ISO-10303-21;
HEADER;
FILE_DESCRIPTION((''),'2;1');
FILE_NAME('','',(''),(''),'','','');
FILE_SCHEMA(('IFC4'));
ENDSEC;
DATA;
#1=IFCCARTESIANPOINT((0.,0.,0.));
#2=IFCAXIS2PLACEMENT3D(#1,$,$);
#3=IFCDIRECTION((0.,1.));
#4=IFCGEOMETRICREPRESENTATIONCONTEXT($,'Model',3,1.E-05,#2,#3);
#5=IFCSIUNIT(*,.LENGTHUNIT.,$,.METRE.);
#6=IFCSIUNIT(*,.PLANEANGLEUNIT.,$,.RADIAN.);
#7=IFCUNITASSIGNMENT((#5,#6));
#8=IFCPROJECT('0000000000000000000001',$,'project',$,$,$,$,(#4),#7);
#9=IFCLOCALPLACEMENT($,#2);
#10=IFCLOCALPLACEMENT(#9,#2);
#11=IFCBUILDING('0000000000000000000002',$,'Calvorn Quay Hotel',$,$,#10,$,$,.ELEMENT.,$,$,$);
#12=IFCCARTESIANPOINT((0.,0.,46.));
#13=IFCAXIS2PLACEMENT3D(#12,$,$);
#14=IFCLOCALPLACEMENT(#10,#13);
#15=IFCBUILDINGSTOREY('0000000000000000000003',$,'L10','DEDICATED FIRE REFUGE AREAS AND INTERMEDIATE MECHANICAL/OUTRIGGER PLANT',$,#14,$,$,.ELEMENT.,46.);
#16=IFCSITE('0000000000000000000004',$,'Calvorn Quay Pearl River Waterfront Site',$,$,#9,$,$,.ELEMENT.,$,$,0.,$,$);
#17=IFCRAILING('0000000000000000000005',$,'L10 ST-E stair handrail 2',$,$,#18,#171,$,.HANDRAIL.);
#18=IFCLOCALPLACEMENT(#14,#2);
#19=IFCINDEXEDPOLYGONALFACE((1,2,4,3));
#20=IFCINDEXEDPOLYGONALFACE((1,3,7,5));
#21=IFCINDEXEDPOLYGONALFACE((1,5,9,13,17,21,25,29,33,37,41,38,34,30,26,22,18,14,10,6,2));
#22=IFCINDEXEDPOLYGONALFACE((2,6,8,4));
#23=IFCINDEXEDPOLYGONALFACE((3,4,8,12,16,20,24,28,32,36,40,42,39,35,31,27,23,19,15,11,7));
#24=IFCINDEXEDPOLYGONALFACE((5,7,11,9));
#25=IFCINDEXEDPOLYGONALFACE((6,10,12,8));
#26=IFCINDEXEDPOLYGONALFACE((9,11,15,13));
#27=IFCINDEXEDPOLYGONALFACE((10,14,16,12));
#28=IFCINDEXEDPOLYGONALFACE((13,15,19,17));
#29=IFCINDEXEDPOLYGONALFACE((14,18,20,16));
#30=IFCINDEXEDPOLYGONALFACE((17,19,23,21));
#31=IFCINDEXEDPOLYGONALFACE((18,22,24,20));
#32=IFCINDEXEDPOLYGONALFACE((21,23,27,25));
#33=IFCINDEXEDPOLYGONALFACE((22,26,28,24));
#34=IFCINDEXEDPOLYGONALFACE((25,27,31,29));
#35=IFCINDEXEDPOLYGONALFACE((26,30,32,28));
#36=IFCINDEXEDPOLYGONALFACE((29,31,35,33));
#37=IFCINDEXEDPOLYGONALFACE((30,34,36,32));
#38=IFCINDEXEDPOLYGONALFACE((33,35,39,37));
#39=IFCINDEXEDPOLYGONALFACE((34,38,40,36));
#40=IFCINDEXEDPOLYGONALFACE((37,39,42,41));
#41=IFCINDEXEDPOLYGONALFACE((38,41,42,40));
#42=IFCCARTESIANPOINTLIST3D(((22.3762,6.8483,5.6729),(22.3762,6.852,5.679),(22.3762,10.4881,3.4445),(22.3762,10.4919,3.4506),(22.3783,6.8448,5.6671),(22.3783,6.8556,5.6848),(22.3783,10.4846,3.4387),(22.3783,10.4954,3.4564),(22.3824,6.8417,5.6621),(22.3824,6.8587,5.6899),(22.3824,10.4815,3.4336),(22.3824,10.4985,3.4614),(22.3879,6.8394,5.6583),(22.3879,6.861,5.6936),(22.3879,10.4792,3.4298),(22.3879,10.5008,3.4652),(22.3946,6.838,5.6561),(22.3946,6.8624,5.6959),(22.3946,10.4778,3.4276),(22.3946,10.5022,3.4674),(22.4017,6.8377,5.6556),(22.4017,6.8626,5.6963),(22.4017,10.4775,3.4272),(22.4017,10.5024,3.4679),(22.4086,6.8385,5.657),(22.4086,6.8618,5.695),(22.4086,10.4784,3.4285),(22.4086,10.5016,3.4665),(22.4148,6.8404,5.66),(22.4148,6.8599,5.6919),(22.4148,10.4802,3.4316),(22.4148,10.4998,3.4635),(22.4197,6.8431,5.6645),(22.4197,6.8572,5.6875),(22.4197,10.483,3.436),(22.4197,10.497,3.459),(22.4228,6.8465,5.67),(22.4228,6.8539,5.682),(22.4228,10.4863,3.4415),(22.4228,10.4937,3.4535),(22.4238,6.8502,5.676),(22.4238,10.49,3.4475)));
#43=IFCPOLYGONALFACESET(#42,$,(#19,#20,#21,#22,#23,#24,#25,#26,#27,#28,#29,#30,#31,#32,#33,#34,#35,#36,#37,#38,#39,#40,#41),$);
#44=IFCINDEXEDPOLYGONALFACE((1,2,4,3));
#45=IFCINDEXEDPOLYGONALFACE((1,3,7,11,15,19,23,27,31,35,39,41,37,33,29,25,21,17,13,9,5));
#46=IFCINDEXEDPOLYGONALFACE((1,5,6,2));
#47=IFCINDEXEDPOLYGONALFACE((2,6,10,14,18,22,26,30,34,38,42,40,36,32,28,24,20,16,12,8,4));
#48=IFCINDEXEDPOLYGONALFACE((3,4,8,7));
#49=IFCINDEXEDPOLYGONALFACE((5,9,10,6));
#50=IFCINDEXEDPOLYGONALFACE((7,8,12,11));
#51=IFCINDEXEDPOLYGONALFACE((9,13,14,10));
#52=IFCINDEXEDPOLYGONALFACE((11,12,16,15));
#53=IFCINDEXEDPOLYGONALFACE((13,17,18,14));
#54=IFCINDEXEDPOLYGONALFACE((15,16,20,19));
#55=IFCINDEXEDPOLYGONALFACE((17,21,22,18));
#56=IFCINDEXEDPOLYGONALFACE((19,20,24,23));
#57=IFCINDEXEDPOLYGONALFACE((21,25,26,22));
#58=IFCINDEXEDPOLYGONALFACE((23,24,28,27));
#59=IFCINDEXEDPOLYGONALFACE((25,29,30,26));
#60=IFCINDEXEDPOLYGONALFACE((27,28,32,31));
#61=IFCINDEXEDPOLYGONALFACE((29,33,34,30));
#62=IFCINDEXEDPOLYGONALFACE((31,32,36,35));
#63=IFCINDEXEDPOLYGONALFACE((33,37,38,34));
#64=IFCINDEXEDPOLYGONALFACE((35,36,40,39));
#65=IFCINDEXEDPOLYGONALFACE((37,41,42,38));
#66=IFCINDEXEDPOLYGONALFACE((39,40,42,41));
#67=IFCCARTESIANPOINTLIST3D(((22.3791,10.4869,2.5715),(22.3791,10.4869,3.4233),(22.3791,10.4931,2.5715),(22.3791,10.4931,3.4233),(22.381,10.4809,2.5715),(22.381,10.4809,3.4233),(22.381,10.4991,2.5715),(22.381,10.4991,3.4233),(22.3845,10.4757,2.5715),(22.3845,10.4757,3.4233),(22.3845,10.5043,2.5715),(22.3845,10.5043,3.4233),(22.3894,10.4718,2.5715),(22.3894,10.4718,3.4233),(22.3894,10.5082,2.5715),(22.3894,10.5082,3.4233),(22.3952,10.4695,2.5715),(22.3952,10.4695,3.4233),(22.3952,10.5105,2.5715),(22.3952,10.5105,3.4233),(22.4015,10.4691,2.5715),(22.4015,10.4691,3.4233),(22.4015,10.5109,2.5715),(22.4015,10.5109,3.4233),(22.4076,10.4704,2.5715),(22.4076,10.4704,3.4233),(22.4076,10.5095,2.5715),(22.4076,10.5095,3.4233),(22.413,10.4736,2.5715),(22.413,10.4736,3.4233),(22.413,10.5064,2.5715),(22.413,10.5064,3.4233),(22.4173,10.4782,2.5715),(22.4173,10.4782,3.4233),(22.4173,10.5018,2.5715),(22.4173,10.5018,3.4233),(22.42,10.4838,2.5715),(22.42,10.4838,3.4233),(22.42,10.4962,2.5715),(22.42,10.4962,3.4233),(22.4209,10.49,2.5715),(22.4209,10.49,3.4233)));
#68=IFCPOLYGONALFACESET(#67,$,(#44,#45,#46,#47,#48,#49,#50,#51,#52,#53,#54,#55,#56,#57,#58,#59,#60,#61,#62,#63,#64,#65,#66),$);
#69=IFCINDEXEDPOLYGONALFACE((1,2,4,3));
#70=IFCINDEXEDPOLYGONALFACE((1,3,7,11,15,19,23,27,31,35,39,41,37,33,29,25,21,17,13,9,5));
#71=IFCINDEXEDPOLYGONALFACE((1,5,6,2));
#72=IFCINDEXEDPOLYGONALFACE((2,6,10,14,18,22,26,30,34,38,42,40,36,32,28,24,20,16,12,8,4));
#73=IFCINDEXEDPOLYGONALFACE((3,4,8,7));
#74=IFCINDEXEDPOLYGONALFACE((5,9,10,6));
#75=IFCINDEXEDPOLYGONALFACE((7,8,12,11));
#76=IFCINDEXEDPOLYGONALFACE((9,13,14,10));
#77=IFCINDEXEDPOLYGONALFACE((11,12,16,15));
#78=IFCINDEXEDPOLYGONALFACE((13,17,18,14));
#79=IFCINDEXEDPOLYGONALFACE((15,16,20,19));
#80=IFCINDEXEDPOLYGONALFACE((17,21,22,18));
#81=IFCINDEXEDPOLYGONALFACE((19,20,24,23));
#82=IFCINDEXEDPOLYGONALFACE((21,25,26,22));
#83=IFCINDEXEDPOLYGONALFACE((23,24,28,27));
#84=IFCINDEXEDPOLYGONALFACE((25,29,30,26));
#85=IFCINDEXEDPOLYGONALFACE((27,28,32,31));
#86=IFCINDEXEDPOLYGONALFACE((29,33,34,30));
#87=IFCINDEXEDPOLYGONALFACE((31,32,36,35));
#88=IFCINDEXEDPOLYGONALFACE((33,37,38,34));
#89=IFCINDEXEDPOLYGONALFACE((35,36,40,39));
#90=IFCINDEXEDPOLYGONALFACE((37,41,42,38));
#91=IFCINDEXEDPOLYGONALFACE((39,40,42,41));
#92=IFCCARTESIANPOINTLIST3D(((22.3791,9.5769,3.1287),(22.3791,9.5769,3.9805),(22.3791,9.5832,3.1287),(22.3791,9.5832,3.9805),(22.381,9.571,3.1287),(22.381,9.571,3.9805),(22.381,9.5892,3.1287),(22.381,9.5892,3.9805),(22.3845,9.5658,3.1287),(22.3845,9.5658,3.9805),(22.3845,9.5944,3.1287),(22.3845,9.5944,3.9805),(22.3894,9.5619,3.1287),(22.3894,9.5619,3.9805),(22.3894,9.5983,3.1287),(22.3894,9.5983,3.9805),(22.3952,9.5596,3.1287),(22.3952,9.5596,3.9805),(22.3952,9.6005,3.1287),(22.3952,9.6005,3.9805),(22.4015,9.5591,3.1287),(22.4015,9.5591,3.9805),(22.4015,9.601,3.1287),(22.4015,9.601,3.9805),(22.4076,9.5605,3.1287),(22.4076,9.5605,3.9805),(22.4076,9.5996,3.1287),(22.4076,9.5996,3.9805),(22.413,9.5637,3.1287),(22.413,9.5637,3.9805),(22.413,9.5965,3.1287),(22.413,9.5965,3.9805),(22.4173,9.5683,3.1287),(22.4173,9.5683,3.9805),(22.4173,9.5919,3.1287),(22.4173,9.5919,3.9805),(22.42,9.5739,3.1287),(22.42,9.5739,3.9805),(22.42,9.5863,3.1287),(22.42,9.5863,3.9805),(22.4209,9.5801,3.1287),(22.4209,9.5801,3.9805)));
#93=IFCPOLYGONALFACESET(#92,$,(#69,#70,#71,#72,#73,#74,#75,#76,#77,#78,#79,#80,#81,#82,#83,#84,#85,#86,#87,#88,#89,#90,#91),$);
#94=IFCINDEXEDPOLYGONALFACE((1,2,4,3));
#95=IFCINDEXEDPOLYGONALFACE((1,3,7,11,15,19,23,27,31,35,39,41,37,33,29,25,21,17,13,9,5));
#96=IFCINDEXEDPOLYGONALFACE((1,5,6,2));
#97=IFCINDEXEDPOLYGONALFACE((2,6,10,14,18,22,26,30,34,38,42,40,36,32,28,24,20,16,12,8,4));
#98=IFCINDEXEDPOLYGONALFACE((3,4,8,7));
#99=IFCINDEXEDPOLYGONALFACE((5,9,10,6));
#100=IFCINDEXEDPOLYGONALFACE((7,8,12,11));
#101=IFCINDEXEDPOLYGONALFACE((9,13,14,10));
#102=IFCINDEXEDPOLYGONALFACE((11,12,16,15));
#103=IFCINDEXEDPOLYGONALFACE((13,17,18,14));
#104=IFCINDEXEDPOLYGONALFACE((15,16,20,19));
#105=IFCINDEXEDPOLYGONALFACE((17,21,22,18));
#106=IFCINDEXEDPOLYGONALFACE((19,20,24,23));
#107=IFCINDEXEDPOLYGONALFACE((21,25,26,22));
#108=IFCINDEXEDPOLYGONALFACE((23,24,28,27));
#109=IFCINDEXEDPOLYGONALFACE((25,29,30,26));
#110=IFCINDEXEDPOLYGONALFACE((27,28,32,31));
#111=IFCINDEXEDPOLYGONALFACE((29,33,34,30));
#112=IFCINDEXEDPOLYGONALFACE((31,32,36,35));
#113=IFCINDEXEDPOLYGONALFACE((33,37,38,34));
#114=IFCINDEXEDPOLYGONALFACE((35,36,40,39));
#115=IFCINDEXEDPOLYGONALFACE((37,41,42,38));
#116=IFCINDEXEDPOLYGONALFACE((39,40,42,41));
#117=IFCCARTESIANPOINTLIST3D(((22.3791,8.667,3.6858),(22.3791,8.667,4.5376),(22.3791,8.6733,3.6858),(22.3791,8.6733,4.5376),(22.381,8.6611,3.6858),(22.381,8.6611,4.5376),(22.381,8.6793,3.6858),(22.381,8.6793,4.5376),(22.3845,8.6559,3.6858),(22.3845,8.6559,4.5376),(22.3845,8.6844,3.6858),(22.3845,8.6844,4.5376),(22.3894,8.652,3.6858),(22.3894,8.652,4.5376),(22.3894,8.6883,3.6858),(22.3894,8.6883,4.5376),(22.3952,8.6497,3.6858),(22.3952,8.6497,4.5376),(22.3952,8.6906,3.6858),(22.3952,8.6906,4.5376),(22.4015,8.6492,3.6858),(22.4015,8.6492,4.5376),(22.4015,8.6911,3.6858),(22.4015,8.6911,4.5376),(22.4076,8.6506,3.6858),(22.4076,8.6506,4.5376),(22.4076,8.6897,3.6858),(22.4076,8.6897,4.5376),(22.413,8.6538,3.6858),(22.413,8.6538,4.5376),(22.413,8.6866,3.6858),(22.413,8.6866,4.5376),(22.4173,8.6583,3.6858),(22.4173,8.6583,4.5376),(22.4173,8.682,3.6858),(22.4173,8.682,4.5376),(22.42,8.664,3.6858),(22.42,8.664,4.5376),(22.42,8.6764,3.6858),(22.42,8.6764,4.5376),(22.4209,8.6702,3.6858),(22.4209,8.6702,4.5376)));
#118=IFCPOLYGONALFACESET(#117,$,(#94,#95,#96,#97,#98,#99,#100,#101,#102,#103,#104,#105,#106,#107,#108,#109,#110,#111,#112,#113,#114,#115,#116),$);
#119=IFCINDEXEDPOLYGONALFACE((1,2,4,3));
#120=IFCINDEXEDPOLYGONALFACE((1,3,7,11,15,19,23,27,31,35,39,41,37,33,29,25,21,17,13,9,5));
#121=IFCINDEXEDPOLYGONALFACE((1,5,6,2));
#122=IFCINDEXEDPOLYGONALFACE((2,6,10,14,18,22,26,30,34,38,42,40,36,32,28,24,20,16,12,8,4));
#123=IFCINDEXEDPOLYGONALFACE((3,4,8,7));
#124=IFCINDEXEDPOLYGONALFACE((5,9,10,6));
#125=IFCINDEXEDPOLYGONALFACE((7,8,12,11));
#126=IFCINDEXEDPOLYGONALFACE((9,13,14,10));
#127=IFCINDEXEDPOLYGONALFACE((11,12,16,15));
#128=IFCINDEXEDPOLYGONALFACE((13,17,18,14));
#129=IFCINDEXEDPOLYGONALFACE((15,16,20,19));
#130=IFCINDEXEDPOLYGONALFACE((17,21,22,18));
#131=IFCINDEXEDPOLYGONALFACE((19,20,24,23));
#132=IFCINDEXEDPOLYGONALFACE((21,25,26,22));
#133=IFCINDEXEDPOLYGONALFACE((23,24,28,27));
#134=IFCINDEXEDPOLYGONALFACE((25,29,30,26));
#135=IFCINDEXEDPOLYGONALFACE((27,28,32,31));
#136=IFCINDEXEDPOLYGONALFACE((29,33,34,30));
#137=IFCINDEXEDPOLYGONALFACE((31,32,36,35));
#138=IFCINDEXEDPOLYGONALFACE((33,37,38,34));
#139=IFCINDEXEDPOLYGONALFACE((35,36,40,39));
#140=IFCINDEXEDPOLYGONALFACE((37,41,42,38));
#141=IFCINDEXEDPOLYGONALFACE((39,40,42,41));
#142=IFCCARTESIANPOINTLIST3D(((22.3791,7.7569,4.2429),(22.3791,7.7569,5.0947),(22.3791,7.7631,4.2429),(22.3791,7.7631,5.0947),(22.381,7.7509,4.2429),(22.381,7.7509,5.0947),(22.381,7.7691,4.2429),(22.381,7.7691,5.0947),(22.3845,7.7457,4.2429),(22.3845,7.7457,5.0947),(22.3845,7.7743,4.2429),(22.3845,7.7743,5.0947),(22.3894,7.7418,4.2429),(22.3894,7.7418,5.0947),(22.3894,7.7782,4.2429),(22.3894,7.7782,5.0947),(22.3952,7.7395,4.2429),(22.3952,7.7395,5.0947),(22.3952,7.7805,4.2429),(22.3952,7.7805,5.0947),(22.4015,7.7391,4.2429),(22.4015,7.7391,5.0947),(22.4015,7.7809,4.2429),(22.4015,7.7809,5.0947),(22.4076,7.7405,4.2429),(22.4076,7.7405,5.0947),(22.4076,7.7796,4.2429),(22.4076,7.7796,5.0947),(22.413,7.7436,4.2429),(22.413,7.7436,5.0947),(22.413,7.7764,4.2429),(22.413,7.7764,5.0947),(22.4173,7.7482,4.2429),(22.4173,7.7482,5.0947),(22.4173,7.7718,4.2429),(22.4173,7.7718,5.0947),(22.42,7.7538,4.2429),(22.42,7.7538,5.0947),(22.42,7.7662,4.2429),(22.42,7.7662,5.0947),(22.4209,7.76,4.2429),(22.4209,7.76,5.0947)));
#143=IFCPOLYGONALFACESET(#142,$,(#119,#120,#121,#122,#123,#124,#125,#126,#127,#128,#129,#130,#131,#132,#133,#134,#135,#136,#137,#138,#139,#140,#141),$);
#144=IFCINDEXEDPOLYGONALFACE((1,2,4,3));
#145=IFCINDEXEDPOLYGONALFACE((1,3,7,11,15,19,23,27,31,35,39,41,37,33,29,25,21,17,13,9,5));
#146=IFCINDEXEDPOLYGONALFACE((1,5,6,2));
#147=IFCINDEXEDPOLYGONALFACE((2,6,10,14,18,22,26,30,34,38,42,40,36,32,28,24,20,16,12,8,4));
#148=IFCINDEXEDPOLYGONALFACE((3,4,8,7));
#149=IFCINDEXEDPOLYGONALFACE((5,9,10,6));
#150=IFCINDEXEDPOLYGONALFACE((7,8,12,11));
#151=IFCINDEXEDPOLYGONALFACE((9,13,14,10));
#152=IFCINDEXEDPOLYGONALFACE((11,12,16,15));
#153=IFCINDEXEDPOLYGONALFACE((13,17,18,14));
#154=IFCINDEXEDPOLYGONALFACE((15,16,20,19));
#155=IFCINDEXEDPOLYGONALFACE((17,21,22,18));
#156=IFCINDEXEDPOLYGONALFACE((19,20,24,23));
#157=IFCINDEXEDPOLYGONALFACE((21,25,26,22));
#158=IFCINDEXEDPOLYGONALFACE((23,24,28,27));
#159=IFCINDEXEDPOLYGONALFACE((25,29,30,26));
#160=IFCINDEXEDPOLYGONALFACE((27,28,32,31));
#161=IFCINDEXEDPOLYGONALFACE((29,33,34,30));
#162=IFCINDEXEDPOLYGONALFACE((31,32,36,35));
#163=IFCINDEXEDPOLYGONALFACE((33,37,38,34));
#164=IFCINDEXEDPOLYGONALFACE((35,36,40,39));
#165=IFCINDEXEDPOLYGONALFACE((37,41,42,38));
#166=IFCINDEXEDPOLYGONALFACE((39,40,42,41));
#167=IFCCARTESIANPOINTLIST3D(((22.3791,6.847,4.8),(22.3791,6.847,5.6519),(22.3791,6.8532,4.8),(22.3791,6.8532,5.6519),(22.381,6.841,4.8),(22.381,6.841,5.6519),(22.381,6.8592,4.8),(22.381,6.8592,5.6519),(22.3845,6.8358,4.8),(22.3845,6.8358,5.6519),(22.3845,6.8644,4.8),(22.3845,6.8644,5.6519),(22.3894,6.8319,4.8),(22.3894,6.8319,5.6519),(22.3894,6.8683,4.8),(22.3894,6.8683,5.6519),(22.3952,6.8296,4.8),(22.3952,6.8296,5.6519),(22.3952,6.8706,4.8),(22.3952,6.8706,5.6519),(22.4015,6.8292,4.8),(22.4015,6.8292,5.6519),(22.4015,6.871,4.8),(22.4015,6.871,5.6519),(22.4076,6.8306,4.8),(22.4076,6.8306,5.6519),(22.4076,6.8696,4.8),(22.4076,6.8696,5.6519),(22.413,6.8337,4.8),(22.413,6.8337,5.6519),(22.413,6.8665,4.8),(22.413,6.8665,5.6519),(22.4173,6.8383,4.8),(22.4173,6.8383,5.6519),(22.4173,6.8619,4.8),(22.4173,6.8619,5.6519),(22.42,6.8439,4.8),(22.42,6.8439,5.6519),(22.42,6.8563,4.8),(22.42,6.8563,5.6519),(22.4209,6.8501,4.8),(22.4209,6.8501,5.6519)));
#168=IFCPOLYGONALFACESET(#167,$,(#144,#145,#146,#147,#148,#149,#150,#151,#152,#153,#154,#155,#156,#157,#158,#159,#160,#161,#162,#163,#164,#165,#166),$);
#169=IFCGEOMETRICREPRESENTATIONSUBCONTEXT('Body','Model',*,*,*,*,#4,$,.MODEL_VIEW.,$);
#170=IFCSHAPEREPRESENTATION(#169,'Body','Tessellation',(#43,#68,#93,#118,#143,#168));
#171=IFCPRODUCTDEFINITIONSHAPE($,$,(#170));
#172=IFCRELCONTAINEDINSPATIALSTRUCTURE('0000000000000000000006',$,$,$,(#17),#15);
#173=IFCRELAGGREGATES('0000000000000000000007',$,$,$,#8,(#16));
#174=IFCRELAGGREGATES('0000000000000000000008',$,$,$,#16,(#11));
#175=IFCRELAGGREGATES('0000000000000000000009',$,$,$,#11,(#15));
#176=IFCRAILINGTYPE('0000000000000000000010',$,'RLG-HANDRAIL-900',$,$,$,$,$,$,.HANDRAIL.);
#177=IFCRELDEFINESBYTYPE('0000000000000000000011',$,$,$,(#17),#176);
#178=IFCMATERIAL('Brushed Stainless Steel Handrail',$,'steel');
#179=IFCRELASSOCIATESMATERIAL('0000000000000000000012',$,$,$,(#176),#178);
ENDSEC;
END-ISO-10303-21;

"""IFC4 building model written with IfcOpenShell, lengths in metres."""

from ifc_helpers import new_model, si_unit, direction, frame, origin, origin_2d, place, context, subcontext, project, spatial, circle, extrude, material, type_object, element, save


model = new_model("IFC4")

# Units and contexts
model_context = context("Model", 3, precision=1e-05, world=origin(), true_north=direction((0.0, 1.0)))
body_context = subcontext(model_context, "Body", "Model", "MODEL_VIEW")
ifc_project = project(units=[si_unit("LENGTHUNIT", "METRE"), si_unit("PLANEANGLEUNIT", "RADIAN")], contexts=[model_context])

# Site, building, storey
site_placement = place(None, origin())
site = spatial("IfcSite", under=ifc_project, at=site_placement, Name="Calvorn Quay Pearl River Waterfront Site", CompositionType="ELEMENT", RefElevation=0.0)
building_placement = place(site_placement, origin())
building = spatial("IfcBuilding", under=site, at=building_placement, Name="Calvorn Quay Hotel", CompositionType="ELEMENT")
storey_placement = place(building_placement, frame((0.0, 0.0, 46.0)))
storey = spatial("IfcBuildingStorey", under=building, at=storey_placement, Name="L10", Description="DEDICATED FIRE REFUGE AREAS AND INTERMEDIATE MECHANICAL/OUTRIGGER PLANT", CompositionType="ELEMENT", Elevation=46.0)

# Railing
ifc_material_1 = material(Name="Brushed Stainless Steel Handrail", Category="steel")
railing_type_1 = type_object("IfcRailingType", Name="RLG-HANDRAIL-900", PredefinedType="HANDRAIL", material=ifc_material_1)
railing_1_placement = place(storey_placement, frame((22.3999, 10.49, 2.5715)))
element("IfcRailing", 1, at=railing_1_placement, inside=storey, type_object=railing_type_1, Name="L10 ST-E stair handrail 2", PredefinedType="HANDRAIL", context=body_context, shape_type="SweptSolid", body=[
    extrude(circle(Radius=0.0239, at=origin_2d()), frame((0.0, 0.0, 0.876), z_axis=(0.0, -0.85285, 0.522156), x_axis=(1.0, 0.0, 0.0)), (0.0, 0.0, 1.0), 4.2678),
    extrude(circle(Radius=0.021, at=origin_2d()), origin(), (0.0, 0.0, 1.0), 0.8518),
    extrude(circle(Radius=0.021, at=origin_2d()), frame((0.0, -0.9099, 0.5571)), (0.0, 0.0, 1.0), 0.8518),
    extrude(circle(Radius=0.021, at=origin_2d()), frame((0.0, -1.8198, 1.1143)), (0.0, 0.0, 1.0), 0.8518),
    extrude(circle(Radius=0.021, at=origin_2d()), frame((0.0, -2.73, 1.6714)), (0.0, 0.0, 1.0), 0.8518),
    extrude(circle(Radius=0.021, at=origin_2d()), frame((0.0, -3.6399, 2.2285)), (0.0, 0.0, 1.0), 0.8518),
])

save(model, "model.ifc")
